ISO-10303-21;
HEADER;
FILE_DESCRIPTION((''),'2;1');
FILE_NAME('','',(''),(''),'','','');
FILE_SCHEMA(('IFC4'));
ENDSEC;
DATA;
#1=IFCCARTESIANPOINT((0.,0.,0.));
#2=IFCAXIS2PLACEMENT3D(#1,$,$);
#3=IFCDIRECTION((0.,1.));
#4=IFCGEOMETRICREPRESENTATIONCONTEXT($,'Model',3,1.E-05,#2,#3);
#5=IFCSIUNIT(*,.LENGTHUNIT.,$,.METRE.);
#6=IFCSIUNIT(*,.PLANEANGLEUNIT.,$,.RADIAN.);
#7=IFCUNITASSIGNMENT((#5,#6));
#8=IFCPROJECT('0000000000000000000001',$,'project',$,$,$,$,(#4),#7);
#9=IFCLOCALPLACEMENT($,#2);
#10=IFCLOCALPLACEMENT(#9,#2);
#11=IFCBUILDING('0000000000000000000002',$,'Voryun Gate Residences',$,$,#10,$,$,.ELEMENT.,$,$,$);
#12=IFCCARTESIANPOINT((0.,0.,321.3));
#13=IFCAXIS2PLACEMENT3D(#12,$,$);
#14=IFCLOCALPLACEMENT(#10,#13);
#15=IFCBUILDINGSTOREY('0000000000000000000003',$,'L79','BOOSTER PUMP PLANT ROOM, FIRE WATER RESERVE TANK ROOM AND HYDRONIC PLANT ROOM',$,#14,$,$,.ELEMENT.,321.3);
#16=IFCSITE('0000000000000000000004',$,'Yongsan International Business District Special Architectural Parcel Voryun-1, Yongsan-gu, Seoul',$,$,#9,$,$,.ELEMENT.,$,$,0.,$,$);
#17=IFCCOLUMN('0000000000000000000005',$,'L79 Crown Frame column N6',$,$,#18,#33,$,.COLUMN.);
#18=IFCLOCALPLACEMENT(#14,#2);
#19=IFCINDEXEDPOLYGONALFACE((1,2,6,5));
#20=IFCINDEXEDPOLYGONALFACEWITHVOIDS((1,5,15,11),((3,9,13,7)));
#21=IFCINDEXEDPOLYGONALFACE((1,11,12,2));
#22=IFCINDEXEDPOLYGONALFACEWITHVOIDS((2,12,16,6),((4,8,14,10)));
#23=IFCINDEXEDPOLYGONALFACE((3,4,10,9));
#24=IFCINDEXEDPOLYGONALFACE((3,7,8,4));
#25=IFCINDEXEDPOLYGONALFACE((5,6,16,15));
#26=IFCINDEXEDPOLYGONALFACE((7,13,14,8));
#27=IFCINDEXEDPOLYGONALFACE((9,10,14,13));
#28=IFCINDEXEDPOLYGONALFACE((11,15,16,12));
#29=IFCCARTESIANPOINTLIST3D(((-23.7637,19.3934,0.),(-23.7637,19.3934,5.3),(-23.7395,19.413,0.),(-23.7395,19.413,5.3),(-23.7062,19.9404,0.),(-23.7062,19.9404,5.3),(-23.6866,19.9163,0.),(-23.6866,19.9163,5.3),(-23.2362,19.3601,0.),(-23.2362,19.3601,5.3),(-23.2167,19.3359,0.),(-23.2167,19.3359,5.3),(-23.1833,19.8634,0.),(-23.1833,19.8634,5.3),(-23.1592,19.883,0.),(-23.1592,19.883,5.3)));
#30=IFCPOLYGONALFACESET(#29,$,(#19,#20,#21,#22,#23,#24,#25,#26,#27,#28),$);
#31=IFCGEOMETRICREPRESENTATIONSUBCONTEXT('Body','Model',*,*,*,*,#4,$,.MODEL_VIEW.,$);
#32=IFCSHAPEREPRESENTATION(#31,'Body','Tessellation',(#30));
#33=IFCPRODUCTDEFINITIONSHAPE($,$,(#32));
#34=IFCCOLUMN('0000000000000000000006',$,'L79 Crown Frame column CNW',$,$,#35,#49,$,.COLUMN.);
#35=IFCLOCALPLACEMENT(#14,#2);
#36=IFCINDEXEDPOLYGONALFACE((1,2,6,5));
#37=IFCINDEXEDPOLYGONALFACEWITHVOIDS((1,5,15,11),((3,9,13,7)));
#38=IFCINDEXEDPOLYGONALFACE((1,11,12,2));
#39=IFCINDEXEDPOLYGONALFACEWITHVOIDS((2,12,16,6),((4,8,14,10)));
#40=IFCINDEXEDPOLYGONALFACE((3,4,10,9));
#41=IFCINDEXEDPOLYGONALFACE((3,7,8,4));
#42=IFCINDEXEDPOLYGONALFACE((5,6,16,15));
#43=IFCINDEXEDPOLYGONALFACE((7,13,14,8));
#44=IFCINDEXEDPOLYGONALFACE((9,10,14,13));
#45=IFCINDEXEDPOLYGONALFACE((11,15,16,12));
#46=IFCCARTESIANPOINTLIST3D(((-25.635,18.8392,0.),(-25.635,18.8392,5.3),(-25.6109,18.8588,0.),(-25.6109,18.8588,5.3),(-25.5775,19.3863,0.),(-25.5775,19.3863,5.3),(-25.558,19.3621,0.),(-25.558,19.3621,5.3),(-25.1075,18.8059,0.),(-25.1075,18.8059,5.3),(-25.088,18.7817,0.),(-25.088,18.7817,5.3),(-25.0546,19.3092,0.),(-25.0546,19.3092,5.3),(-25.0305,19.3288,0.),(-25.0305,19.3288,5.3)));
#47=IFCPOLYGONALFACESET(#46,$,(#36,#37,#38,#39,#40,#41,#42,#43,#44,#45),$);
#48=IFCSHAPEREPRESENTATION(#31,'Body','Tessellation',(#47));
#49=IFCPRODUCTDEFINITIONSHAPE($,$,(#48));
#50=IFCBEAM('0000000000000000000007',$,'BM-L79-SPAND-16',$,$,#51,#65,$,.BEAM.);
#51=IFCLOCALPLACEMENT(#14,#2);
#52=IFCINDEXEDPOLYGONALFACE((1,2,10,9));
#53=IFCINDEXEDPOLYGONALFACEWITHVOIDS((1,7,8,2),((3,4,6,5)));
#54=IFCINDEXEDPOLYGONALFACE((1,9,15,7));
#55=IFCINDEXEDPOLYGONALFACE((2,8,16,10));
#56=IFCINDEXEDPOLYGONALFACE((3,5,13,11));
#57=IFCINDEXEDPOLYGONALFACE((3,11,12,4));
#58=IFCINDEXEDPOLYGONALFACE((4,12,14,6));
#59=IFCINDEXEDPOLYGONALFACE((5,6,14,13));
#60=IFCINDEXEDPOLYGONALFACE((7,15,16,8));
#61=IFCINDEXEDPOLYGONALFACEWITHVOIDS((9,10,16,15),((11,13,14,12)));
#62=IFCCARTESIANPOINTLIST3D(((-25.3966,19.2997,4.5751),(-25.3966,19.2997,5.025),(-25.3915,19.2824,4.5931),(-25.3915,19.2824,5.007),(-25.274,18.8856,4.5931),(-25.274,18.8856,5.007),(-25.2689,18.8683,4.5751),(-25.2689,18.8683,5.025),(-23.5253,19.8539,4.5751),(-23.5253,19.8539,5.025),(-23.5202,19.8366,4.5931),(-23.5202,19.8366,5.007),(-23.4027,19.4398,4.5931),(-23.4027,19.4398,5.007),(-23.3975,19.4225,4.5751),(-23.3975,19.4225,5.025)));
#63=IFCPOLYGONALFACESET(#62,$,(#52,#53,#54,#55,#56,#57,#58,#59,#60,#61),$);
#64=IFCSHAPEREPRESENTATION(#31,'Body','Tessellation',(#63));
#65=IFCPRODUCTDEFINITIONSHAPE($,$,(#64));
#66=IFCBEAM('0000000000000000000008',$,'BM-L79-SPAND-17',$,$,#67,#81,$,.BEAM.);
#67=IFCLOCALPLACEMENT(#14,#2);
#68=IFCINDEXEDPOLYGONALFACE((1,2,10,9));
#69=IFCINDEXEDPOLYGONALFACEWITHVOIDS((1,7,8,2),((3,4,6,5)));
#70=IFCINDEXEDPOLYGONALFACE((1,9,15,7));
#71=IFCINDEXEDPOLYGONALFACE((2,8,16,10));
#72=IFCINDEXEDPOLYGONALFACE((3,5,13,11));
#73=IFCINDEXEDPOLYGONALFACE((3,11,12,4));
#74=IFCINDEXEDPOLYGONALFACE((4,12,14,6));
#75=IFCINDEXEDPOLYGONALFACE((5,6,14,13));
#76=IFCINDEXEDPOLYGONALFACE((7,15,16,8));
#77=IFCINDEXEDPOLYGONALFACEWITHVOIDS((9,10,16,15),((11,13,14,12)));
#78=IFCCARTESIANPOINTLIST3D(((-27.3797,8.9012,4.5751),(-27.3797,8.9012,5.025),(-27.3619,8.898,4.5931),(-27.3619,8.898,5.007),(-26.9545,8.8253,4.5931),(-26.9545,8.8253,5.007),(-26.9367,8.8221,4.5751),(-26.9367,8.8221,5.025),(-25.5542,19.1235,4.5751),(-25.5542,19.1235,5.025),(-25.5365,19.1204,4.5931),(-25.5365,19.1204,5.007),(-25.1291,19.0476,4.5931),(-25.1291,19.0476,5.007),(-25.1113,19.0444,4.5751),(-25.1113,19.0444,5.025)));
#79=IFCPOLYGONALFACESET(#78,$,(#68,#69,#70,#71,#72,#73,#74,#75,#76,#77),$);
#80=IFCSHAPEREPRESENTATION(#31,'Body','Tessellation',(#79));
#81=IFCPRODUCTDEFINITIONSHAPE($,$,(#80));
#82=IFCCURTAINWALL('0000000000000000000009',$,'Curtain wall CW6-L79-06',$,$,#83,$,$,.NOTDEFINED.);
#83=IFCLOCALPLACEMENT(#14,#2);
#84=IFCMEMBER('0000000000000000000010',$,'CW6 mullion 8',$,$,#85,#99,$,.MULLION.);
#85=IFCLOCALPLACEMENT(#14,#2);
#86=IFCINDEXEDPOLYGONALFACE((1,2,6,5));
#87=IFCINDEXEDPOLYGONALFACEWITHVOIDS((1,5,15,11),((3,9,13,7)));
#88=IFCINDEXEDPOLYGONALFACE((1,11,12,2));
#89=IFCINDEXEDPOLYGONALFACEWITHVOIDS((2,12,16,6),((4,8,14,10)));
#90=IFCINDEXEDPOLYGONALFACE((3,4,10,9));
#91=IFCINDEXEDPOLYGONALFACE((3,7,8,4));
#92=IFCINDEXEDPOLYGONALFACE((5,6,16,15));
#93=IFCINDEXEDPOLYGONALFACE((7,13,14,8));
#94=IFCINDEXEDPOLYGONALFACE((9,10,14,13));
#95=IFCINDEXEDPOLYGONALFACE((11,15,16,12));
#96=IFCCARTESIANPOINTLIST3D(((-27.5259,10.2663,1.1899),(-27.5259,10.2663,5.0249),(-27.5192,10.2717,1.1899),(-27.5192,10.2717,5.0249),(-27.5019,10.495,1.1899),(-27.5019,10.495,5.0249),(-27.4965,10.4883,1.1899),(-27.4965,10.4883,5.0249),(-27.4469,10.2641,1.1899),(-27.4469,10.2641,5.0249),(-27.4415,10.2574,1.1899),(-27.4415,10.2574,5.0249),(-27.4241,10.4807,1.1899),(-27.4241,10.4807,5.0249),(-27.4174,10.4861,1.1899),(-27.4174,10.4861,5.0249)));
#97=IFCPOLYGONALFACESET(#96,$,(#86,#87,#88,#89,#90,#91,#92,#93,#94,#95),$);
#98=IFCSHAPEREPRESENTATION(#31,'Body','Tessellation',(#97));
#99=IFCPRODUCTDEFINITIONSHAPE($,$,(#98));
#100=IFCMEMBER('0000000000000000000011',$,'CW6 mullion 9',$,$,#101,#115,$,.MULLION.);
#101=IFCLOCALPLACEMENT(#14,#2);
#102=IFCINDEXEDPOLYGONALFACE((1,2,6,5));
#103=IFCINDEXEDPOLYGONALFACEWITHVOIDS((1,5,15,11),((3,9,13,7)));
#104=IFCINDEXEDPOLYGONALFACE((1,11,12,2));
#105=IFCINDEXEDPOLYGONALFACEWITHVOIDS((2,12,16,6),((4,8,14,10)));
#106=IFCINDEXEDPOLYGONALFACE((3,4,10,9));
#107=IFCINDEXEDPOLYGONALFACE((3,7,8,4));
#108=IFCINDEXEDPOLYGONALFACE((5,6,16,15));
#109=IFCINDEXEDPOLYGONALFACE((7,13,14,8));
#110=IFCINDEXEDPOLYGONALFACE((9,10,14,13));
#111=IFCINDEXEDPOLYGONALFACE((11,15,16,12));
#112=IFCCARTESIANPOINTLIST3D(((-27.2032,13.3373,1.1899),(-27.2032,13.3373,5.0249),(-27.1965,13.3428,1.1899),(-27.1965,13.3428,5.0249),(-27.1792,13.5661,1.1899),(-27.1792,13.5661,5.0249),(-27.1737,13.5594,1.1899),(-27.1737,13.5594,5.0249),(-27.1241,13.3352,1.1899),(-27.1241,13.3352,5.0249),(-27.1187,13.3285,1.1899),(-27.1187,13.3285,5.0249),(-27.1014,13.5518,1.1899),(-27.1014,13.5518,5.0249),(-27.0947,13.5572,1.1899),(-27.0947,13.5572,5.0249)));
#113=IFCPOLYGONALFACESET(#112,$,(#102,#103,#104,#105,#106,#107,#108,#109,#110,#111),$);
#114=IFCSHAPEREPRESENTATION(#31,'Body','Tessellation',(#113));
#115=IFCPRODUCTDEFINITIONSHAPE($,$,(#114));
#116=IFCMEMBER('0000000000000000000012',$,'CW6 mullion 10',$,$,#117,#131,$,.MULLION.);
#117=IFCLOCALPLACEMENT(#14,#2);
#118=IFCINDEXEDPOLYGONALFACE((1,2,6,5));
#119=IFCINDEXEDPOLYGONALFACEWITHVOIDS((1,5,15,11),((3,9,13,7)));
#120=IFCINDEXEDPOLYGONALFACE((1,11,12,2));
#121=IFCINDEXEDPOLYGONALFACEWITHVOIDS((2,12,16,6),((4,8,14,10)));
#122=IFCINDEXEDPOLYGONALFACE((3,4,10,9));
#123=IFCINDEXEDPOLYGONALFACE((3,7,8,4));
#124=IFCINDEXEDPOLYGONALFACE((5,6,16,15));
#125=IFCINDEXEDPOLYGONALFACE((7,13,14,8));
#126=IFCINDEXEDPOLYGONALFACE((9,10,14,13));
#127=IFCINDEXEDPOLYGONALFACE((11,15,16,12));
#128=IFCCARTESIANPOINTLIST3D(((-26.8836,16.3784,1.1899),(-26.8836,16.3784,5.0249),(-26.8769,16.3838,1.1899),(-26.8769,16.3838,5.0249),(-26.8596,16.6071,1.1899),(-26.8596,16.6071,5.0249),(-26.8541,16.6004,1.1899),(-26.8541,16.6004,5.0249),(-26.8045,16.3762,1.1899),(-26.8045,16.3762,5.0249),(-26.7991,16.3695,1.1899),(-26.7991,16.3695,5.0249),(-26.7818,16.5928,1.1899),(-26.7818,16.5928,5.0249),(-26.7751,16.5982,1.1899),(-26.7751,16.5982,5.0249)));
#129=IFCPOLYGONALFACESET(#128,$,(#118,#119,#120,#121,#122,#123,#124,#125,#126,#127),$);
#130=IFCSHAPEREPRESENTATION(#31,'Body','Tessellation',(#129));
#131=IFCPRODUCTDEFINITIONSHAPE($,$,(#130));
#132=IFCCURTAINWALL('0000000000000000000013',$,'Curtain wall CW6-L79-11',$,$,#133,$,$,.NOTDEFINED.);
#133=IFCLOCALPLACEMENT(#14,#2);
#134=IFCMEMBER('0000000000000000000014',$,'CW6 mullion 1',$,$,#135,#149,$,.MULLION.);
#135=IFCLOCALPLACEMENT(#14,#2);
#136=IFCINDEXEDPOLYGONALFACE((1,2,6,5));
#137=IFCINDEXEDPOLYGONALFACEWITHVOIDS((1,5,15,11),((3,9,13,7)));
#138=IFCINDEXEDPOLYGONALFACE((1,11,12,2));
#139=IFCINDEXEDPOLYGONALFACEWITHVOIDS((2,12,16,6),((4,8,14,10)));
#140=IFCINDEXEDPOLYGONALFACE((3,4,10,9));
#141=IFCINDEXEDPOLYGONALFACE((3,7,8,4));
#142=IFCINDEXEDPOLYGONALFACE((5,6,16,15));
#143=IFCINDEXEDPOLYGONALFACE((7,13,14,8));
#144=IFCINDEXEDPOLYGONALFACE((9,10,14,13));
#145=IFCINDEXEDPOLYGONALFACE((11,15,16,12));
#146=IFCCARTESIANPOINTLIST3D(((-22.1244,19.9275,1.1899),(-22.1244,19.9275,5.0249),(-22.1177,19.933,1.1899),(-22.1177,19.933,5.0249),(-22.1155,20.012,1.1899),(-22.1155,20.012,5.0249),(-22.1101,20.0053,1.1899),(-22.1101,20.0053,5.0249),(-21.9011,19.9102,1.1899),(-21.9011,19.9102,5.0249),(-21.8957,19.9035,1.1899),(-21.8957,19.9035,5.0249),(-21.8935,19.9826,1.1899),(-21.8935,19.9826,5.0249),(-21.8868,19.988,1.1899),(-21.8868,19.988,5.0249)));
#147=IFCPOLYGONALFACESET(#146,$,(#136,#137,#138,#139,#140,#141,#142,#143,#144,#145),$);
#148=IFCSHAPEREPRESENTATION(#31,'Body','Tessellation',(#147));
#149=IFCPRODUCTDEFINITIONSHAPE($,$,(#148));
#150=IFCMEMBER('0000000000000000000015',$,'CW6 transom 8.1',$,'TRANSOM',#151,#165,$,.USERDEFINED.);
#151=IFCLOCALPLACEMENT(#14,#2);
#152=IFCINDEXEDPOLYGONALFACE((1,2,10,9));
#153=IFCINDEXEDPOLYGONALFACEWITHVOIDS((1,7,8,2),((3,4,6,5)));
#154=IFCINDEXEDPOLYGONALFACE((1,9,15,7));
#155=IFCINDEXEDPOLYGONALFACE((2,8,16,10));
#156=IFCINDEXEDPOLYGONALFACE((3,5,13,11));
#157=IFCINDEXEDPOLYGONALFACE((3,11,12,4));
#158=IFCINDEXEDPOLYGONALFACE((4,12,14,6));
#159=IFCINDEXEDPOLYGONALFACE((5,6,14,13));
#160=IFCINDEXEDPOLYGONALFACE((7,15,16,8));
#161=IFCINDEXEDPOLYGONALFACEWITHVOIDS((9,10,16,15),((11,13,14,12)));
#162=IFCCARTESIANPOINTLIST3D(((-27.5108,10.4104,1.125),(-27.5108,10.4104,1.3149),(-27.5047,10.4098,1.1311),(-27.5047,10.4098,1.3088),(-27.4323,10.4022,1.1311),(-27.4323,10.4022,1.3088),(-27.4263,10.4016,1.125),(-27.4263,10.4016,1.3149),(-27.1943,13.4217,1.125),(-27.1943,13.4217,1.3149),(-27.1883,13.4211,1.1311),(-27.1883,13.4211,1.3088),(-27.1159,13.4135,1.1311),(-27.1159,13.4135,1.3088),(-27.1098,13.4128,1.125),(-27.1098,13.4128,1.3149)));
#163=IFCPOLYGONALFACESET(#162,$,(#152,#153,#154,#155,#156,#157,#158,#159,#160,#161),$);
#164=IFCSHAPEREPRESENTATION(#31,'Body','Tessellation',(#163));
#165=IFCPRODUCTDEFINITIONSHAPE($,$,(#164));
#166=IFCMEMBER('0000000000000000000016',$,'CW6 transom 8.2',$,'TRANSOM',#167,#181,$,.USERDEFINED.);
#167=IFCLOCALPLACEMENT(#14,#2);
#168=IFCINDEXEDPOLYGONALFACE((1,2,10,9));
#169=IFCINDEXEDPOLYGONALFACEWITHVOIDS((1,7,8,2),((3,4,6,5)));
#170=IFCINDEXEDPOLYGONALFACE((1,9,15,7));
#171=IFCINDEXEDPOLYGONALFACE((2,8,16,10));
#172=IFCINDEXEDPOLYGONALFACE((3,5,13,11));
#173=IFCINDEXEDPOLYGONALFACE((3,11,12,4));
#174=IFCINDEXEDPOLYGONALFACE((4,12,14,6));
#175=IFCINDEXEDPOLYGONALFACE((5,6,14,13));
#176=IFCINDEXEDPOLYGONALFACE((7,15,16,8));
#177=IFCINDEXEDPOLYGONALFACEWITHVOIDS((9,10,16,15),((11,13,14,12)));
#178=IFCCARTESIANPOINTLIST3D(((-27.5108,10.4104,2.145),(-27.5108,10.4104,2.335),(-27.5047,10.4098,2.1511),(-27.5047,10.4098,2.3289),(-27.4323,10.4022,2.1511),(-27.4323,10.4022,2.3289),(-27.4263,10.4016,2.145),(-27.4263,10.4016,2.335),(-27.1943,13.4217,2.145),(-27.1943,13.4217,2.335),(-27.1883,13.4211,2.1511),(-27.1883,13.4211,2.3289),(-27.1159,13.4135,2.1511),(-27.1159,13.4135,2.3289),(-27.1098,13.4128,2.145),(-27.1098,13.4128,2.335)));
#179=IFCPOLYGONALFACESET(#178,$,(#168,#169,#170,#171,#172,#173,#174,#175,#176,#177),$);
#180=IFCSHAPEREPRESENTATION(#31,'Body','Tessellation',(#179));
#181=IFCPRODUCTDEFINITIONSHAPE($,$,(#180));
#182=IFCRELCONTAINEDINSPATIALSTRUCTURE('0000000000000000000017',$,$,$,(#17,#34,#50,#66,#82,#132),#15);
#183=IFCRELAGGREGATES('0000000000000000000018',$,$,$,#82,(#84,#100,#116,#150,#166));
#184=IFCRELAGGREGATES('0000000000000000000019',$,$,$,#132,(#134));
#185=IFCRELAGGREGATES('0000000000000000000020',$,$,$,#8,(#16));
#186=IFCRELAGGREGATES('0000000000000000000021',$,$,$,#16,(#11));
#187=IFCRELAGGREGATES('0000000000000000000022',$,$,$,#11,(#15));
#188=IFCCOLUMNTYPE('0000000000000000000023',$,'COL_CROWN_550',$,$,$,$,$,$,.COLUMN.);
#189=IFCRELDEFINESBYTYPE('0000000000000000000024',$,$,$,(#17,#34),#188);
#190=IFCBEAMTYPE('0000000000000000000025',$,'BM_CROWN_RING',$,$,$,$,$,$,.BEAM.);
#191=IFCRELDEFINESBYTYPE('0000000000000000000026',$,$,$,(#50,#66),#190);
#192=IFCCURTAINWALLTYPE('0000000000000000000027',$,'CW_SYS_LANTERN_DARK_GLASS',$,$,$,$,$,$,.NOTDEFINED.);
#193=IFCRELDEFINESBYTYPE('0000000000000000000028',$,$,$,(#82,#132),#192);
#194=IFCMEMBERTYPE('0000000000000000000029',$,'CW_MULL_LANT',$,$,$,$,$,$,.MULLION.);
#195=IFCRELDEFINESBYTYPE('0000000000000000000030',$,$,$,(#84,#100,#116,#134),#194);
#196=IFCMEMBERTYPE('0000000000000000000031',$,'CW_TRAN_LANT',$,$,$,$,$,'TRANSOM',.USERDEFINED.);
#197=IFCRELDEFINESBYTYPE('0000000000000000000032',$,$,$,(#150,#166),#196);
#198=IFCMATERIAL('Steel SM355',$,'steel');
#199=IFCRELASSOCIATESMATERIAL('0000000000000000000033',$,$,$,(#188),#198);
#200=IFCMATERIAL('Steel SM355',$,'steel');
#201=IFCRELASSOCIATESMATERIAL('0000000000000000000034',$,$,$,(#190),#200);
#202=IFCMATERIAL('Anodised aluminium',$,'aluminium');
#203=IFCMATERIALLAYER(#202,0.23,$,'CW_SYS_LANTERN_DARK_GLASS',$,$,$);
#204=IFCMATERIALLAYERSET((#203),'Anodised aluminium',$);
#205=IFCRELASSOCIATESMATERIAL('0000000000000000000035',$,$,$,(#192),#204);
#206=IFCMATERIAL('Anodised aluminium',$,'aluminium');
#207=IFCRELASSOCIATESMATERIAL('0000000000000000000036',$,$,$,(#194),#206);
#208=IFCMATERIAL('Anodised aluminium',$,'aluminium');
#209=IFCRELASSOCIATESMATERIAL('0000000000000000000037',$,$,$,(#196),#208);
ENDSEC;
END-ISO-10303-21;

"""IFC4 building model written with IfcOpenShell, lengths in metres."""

from ifc_helpers import new_model, si_unit, direction, frame, origin, origin_2d, place, context, subcontext, project, spatial, hollow_rectangle, extrude, material, layer, layer_set, material_profile, profile_set, type_object, element, aggregate, save


model = new_model("IFC4")

# Units and contexts
model_context = context("Model", 3, precision=1e-05, world=origin(), true_north=direction((0.0, 1.0)))
body_context = subcontext(model_context, "Body", "Model", "MODEL_VIEW")
ifc_project = project(units=[si_unit("LENGTHUNIT", "METRE"), si_unit("PLANEANGLEUNIT", "RADIAN")], contexts=[model_context])

# Site, building, storey
site_placement = place(None, origin())
site = spatial("IfcSite", under=ifc_project, at=site_placement, Name="Yongsan International Business District Special Architectural Parcel Voryun-1, Yongsan-gu, Seoul", CompositionType="ELEMENT", RefElevation=0.0)
building_placement = place(site_placement, origin())
building = spatial("IfcBuilding", under=site, at=building_placement, Name="Voryun Gate Residences", CompositionType="ELEMENT")
storey_placement = place(building_placement, frame((0.0, 0.0, 321.3)))
storey = spatial("IfcBuildingStorey", under=building, at=storey_placement, Name="L79", Description="BOOSTER PUMP PLANT ROOM, FIRE WATER RESERVE TANK ROOM AND HYDRONIC PLANT ROOM", CompositionType="ELEMENT", Elevation=321.3)

# Columns
ifc_material_1 = material(Name="Steel SM355", Category="steel")
ifc_material_profile_1 = material_profile(ifc_material_1, hollow_rectangle(XDim=0.55, YDim=0.55, WallThickness=0.022, at=origin_2d()), Name="BOX-550x550x22")
ifc_profile_set_1 = profile_set([ifc_material_profile_1], Name="Steel SM355")
column_type = type_object("IfcColumnType", Name="COL_CROWN_550", PredefinedType="COLUMN", material=ifc_profile_set_1)
for number, where, z_axis, x_axis, name in (
    (1, (-23.4614, 19.6382, 0.0), (0.0, 0.0, 1.0), (0.994522, -0.104528, 0.0), "L79 Crown Frame column N6"),
    (2, (-25.3328, 19.084, 0.0), (0.0, 0.0, 1.0), (0.994522, -0.104528, 0.0), "L79 Crown Frame column CNW"),
):
    element("IfcColumn", number, at=place(storey_placement, frame(where, z_axis=z_axis, x_axis=x_axis)), inside=storey, type_object=column_type, Name=name, PredefinedType="COLUMN", context=body_context, shape_type="SweptSolid", body=[
        extrude(hollow_rectangle(XDim=0.55, YDim=0.55, WallThickness=0.022, at=origin_2d()), origin(), (0.0, 0.0, 1.0), 5.3),
    ])

# Beams
ifc_material_2 = material(Name="Steel SM355", Category="steel")
ifc_material_profile_2 = material_profile(ifc_material_2, hollow_rectangle(XDim=0.45, YDim=0.45, WallThickness=0.0181, at=origin_2d()), Name="BOX-450x450x18")
ifc_profile_set_2 = profile_set([ifc_material_profile_2], Name="Steel SM355")
beam_type = type_object("IfcBeamType", Name="BM_CROWN_RING", PredefinedType="BEAM", material=ifc_profile_set_2)
beam_1_placement = place(storey_placement, frame((-23.4614, 19.6382, 4.8), z_axis=(-0.958836, -0.283961, 0.0), x_axis=(0.283961, -0.958836, 0.0)))
element("IfcBeam", 3, at=beam_1_placement, inside=storey, type_object=beam_type, Name="BM-L79-SPAND-16", PredefinedType="BEAM", context=body_context, shape_type="SweptSolid", body=[
    extrude(hollow_rectangle(XDim=0.45, YDim=0.45, WallThickness=0.0181, at=origin_2d()), origin(), (0.0, 0.0, 1.0), 1.9517),
])
beam_2_placement = place(storey_placement, frame((-25.3328, 19.084, 4.8), z_axis=(-0.175791, -0.984427, 0.0), x_axis=(0.984427, -0.175791, 0.0)))
element("IfcBeam", 4, at=beam_2_placement, inside=storey, type_object=beam_type, Name="BM-L79-SPAND-17", PredefinedType="BEAM", context=body_context, shape_type="SweptSolid", body=[
    extrude(hollow_rectangle(XDim=0.45, YDim=0.45, WallThickness=0.0181, at=origin_2d()), origin(), (0.0, 0.0, 1.0), 10.384),
])

# Curtain wall, members
ifc_material_3 = material(Name="Anodised aluminium", Category="aluminium")
ifc_layer_1 = layer(ifc_material_3, 0.23, Name="CW_SYS_LANTERN_DARK_GLASS")
ifc_layer_set_1 = layer_set([ifc_layer_1], Name="Anodised aluminium")
curtain_wall_type = type_object("IfcCurtainWallType", Name="CW_SYS_LANTERN_DARK_GLASS", PredefinedType="NOTDEFINED", material=ifc_layer_set_1)
curtain_wall_1_placement = place(storey_placement, origin())
curtain_wall_1 = element("IfcCurtainWall", 5, at=curtain_wall_1_placement, inside=storey, type_object=curtain_wall_type, Name="Curtain wall CW6-L79-06", PredefinedType="NOTDEFINED")
ifc_material_4 = material(Name="Anodised aluminium", Category="aluminium")
ifc_material_profile_3 = material_profile(ifc_material_4, hollow_rectangle(XDim=0.085, YDim=0.23, WallThickness=0.0061, at=origin_2d()), Name="ALU-MULL-230x85x6")
ifc_profile_set_3 = profile_set([ifc_material_profile_3], Name="Anodised aluminium")
member_type_1 = type_object("IfcMemberType", Name="CW_MULL_LANT", PredefinedType="MULLION", material=ifc_profile_set_3)
member_1_placement = place(storey_placement, frame((-27.4717, 10.3762, 1.1899), z_axis=(0.0, 0.0, 1.0), x_axis=(-0.994522, 0.104528, 0.0)))
member_1 = element("IfcMember", 6, at=member_1_placement, type_object=member_type_1, Name="CW6 mullion 8", PredefinedType="MULLION", context=body_context, shape_type="SweptSolid", body=[
    extrude(hollow_rectangle(XDim=0.085, YDim=0.23, WallThickness=0.0061, at=origin_2d()), origin(), (0.0, 0.0, 1.0), 3.835),
])
member_2_placement = place(storey_placement, frame((-27.1489, 13.4473, 1.1899), z_axis=(0.0, 0.0, 1.0), x_axis=(-0.994522, 0.104528, 0.0)))
member_2 = element("IfcMember", 7, at=member_2_placement, type_object=member_type_1, Name="CW6 mullion 9", PredefinedType="MULLION", context=body_context, shape_type="SweptSolid", body=[
    extrude(hollow_rectangle(XDim=0.085, YDim=0.23, WallThickness=0.0061, at=origin_2d()), origin(), (0.0, 0.0, 1.0), 3.835),
])
member_3_placement = place(storey_placement, frame((-26.8293, 16.4883, 1.1899), z_axis=(0.0, 0.0, 1.0), x_axis=(-0.994522, 0.104528, 0.0)))
member_3 = element("IfcMember", 8, at=member_3_placement, type_object=member_type_1, Name="CW6 mullion 10", PredefinedType="MULLION", context=body_context, shape_type="SweptSolid", body=[
    extrude(hollow_rectangle(XDim=0.085, YDim=0.23, WallThickness=0.0061, at=origin_2d()), origin(), (0.0, 0.0, 1.0), 3.835),
])

# Curtain wall, member
curtain_wall_2_placement = place(storey_placement, origin())
curtain_wall_2 = element("IfcCurtainWall", 9, at=curtain_wall_2_placement, inside=storey, type_object=curtain_wall_type, Name="Curtain wall CW6-L79-11", PredefinedType="NOTDEFINED")
member_4_placement = place(storey_placement, frame((-22.0056, 19.9578, 1.1899), z_axis=(0.0, 0.0, 1.0), x_axis=(0.104528, 0.994522, 0.0)))
member_4 = element("IfcMember", 10, at=member_4_placement, type_object=member_type_1, Name="CW6 mullion 1", PredefinedType="MULLION", context=body_context, shape_type="SweptSolid", body=[
    extrude(hollow_rectangle(XDim=0.085, YDim=0.23, WallThickness=0.0061, at=origin_2d()), origin(), (0.0, 0.0, 1.0), 3.835),
])

# Members
ifc_material_5 = material(Name="Anodised aluminium", Category="aluminium")
ifc_material_profile_4 = material_profile(ifc_material_5, hollow_rectangle(XDim=0.085, YDim=0.1899, WallThickness=0.0061, at=origin_2d()), Name="ALU-TRAN-190x85x6")
ifc_profile_set_4 = profile_set([ifc_material_profile_4], Name="Anodised aluminium")
member_type_2 = type_object("IfcMemberType", Name="CW_TRAN_LANT", ElementType="TRANSOM", PredefinedType="USERDEFINED", material=ifc_profile_set_4)
member_5_placement = place(storey_placement, frame((-27.4685, 10.406, 1.22), z_axis=(0.1045, 0.994525, 0.0), x_axis=(-0.994525, 0.1045, 0.0)))
member_5 = element("IfcMember", 11, at=member_5_placement, type_object=member_type_2, Name="CW6 transom 8.1", ObjectType="TRANSOM", PredefinedType="USERDEFINED", context=body_context, shape_type="SweptSolid", body=[
    extrude(hollow_rectangle(XDim=0.085, YDim=0.1899, WallThickness=0.0061, at=origin_2d()), origin(), (0.0, 0.0, 1.0), 3.0278),
])
member_6_placement = place(storey_placement, frame((-27.4685, 10.406, 2.24), z_axis=(0.1045, 0.994525, 0.0), x_axis=(-0.994525, 0.1045, 0.0)))
member_6 = element("IfcMember", 12, at=member_6_placement, type_object=member_type_2, Name="CW6 transom 8.2", ObjectType="TRANSOM", PredefinedType="USERDEFINED", context=body_context, shape_type="SweptSolid", body=[
    extrude(hollow_rectangle(XDim=0.085, YDim=0.1899, WallThickness=0.0061, at=origin_2d()), origin(), (0.0, 0.0, 1.0), 3.0278),
])

aggregate(curtain_wall_1, [member_1, member_2, member_3, member_5, member_6])
aggregate(curtain_wall_2, [member_4])

save(model, "model.ifc")
